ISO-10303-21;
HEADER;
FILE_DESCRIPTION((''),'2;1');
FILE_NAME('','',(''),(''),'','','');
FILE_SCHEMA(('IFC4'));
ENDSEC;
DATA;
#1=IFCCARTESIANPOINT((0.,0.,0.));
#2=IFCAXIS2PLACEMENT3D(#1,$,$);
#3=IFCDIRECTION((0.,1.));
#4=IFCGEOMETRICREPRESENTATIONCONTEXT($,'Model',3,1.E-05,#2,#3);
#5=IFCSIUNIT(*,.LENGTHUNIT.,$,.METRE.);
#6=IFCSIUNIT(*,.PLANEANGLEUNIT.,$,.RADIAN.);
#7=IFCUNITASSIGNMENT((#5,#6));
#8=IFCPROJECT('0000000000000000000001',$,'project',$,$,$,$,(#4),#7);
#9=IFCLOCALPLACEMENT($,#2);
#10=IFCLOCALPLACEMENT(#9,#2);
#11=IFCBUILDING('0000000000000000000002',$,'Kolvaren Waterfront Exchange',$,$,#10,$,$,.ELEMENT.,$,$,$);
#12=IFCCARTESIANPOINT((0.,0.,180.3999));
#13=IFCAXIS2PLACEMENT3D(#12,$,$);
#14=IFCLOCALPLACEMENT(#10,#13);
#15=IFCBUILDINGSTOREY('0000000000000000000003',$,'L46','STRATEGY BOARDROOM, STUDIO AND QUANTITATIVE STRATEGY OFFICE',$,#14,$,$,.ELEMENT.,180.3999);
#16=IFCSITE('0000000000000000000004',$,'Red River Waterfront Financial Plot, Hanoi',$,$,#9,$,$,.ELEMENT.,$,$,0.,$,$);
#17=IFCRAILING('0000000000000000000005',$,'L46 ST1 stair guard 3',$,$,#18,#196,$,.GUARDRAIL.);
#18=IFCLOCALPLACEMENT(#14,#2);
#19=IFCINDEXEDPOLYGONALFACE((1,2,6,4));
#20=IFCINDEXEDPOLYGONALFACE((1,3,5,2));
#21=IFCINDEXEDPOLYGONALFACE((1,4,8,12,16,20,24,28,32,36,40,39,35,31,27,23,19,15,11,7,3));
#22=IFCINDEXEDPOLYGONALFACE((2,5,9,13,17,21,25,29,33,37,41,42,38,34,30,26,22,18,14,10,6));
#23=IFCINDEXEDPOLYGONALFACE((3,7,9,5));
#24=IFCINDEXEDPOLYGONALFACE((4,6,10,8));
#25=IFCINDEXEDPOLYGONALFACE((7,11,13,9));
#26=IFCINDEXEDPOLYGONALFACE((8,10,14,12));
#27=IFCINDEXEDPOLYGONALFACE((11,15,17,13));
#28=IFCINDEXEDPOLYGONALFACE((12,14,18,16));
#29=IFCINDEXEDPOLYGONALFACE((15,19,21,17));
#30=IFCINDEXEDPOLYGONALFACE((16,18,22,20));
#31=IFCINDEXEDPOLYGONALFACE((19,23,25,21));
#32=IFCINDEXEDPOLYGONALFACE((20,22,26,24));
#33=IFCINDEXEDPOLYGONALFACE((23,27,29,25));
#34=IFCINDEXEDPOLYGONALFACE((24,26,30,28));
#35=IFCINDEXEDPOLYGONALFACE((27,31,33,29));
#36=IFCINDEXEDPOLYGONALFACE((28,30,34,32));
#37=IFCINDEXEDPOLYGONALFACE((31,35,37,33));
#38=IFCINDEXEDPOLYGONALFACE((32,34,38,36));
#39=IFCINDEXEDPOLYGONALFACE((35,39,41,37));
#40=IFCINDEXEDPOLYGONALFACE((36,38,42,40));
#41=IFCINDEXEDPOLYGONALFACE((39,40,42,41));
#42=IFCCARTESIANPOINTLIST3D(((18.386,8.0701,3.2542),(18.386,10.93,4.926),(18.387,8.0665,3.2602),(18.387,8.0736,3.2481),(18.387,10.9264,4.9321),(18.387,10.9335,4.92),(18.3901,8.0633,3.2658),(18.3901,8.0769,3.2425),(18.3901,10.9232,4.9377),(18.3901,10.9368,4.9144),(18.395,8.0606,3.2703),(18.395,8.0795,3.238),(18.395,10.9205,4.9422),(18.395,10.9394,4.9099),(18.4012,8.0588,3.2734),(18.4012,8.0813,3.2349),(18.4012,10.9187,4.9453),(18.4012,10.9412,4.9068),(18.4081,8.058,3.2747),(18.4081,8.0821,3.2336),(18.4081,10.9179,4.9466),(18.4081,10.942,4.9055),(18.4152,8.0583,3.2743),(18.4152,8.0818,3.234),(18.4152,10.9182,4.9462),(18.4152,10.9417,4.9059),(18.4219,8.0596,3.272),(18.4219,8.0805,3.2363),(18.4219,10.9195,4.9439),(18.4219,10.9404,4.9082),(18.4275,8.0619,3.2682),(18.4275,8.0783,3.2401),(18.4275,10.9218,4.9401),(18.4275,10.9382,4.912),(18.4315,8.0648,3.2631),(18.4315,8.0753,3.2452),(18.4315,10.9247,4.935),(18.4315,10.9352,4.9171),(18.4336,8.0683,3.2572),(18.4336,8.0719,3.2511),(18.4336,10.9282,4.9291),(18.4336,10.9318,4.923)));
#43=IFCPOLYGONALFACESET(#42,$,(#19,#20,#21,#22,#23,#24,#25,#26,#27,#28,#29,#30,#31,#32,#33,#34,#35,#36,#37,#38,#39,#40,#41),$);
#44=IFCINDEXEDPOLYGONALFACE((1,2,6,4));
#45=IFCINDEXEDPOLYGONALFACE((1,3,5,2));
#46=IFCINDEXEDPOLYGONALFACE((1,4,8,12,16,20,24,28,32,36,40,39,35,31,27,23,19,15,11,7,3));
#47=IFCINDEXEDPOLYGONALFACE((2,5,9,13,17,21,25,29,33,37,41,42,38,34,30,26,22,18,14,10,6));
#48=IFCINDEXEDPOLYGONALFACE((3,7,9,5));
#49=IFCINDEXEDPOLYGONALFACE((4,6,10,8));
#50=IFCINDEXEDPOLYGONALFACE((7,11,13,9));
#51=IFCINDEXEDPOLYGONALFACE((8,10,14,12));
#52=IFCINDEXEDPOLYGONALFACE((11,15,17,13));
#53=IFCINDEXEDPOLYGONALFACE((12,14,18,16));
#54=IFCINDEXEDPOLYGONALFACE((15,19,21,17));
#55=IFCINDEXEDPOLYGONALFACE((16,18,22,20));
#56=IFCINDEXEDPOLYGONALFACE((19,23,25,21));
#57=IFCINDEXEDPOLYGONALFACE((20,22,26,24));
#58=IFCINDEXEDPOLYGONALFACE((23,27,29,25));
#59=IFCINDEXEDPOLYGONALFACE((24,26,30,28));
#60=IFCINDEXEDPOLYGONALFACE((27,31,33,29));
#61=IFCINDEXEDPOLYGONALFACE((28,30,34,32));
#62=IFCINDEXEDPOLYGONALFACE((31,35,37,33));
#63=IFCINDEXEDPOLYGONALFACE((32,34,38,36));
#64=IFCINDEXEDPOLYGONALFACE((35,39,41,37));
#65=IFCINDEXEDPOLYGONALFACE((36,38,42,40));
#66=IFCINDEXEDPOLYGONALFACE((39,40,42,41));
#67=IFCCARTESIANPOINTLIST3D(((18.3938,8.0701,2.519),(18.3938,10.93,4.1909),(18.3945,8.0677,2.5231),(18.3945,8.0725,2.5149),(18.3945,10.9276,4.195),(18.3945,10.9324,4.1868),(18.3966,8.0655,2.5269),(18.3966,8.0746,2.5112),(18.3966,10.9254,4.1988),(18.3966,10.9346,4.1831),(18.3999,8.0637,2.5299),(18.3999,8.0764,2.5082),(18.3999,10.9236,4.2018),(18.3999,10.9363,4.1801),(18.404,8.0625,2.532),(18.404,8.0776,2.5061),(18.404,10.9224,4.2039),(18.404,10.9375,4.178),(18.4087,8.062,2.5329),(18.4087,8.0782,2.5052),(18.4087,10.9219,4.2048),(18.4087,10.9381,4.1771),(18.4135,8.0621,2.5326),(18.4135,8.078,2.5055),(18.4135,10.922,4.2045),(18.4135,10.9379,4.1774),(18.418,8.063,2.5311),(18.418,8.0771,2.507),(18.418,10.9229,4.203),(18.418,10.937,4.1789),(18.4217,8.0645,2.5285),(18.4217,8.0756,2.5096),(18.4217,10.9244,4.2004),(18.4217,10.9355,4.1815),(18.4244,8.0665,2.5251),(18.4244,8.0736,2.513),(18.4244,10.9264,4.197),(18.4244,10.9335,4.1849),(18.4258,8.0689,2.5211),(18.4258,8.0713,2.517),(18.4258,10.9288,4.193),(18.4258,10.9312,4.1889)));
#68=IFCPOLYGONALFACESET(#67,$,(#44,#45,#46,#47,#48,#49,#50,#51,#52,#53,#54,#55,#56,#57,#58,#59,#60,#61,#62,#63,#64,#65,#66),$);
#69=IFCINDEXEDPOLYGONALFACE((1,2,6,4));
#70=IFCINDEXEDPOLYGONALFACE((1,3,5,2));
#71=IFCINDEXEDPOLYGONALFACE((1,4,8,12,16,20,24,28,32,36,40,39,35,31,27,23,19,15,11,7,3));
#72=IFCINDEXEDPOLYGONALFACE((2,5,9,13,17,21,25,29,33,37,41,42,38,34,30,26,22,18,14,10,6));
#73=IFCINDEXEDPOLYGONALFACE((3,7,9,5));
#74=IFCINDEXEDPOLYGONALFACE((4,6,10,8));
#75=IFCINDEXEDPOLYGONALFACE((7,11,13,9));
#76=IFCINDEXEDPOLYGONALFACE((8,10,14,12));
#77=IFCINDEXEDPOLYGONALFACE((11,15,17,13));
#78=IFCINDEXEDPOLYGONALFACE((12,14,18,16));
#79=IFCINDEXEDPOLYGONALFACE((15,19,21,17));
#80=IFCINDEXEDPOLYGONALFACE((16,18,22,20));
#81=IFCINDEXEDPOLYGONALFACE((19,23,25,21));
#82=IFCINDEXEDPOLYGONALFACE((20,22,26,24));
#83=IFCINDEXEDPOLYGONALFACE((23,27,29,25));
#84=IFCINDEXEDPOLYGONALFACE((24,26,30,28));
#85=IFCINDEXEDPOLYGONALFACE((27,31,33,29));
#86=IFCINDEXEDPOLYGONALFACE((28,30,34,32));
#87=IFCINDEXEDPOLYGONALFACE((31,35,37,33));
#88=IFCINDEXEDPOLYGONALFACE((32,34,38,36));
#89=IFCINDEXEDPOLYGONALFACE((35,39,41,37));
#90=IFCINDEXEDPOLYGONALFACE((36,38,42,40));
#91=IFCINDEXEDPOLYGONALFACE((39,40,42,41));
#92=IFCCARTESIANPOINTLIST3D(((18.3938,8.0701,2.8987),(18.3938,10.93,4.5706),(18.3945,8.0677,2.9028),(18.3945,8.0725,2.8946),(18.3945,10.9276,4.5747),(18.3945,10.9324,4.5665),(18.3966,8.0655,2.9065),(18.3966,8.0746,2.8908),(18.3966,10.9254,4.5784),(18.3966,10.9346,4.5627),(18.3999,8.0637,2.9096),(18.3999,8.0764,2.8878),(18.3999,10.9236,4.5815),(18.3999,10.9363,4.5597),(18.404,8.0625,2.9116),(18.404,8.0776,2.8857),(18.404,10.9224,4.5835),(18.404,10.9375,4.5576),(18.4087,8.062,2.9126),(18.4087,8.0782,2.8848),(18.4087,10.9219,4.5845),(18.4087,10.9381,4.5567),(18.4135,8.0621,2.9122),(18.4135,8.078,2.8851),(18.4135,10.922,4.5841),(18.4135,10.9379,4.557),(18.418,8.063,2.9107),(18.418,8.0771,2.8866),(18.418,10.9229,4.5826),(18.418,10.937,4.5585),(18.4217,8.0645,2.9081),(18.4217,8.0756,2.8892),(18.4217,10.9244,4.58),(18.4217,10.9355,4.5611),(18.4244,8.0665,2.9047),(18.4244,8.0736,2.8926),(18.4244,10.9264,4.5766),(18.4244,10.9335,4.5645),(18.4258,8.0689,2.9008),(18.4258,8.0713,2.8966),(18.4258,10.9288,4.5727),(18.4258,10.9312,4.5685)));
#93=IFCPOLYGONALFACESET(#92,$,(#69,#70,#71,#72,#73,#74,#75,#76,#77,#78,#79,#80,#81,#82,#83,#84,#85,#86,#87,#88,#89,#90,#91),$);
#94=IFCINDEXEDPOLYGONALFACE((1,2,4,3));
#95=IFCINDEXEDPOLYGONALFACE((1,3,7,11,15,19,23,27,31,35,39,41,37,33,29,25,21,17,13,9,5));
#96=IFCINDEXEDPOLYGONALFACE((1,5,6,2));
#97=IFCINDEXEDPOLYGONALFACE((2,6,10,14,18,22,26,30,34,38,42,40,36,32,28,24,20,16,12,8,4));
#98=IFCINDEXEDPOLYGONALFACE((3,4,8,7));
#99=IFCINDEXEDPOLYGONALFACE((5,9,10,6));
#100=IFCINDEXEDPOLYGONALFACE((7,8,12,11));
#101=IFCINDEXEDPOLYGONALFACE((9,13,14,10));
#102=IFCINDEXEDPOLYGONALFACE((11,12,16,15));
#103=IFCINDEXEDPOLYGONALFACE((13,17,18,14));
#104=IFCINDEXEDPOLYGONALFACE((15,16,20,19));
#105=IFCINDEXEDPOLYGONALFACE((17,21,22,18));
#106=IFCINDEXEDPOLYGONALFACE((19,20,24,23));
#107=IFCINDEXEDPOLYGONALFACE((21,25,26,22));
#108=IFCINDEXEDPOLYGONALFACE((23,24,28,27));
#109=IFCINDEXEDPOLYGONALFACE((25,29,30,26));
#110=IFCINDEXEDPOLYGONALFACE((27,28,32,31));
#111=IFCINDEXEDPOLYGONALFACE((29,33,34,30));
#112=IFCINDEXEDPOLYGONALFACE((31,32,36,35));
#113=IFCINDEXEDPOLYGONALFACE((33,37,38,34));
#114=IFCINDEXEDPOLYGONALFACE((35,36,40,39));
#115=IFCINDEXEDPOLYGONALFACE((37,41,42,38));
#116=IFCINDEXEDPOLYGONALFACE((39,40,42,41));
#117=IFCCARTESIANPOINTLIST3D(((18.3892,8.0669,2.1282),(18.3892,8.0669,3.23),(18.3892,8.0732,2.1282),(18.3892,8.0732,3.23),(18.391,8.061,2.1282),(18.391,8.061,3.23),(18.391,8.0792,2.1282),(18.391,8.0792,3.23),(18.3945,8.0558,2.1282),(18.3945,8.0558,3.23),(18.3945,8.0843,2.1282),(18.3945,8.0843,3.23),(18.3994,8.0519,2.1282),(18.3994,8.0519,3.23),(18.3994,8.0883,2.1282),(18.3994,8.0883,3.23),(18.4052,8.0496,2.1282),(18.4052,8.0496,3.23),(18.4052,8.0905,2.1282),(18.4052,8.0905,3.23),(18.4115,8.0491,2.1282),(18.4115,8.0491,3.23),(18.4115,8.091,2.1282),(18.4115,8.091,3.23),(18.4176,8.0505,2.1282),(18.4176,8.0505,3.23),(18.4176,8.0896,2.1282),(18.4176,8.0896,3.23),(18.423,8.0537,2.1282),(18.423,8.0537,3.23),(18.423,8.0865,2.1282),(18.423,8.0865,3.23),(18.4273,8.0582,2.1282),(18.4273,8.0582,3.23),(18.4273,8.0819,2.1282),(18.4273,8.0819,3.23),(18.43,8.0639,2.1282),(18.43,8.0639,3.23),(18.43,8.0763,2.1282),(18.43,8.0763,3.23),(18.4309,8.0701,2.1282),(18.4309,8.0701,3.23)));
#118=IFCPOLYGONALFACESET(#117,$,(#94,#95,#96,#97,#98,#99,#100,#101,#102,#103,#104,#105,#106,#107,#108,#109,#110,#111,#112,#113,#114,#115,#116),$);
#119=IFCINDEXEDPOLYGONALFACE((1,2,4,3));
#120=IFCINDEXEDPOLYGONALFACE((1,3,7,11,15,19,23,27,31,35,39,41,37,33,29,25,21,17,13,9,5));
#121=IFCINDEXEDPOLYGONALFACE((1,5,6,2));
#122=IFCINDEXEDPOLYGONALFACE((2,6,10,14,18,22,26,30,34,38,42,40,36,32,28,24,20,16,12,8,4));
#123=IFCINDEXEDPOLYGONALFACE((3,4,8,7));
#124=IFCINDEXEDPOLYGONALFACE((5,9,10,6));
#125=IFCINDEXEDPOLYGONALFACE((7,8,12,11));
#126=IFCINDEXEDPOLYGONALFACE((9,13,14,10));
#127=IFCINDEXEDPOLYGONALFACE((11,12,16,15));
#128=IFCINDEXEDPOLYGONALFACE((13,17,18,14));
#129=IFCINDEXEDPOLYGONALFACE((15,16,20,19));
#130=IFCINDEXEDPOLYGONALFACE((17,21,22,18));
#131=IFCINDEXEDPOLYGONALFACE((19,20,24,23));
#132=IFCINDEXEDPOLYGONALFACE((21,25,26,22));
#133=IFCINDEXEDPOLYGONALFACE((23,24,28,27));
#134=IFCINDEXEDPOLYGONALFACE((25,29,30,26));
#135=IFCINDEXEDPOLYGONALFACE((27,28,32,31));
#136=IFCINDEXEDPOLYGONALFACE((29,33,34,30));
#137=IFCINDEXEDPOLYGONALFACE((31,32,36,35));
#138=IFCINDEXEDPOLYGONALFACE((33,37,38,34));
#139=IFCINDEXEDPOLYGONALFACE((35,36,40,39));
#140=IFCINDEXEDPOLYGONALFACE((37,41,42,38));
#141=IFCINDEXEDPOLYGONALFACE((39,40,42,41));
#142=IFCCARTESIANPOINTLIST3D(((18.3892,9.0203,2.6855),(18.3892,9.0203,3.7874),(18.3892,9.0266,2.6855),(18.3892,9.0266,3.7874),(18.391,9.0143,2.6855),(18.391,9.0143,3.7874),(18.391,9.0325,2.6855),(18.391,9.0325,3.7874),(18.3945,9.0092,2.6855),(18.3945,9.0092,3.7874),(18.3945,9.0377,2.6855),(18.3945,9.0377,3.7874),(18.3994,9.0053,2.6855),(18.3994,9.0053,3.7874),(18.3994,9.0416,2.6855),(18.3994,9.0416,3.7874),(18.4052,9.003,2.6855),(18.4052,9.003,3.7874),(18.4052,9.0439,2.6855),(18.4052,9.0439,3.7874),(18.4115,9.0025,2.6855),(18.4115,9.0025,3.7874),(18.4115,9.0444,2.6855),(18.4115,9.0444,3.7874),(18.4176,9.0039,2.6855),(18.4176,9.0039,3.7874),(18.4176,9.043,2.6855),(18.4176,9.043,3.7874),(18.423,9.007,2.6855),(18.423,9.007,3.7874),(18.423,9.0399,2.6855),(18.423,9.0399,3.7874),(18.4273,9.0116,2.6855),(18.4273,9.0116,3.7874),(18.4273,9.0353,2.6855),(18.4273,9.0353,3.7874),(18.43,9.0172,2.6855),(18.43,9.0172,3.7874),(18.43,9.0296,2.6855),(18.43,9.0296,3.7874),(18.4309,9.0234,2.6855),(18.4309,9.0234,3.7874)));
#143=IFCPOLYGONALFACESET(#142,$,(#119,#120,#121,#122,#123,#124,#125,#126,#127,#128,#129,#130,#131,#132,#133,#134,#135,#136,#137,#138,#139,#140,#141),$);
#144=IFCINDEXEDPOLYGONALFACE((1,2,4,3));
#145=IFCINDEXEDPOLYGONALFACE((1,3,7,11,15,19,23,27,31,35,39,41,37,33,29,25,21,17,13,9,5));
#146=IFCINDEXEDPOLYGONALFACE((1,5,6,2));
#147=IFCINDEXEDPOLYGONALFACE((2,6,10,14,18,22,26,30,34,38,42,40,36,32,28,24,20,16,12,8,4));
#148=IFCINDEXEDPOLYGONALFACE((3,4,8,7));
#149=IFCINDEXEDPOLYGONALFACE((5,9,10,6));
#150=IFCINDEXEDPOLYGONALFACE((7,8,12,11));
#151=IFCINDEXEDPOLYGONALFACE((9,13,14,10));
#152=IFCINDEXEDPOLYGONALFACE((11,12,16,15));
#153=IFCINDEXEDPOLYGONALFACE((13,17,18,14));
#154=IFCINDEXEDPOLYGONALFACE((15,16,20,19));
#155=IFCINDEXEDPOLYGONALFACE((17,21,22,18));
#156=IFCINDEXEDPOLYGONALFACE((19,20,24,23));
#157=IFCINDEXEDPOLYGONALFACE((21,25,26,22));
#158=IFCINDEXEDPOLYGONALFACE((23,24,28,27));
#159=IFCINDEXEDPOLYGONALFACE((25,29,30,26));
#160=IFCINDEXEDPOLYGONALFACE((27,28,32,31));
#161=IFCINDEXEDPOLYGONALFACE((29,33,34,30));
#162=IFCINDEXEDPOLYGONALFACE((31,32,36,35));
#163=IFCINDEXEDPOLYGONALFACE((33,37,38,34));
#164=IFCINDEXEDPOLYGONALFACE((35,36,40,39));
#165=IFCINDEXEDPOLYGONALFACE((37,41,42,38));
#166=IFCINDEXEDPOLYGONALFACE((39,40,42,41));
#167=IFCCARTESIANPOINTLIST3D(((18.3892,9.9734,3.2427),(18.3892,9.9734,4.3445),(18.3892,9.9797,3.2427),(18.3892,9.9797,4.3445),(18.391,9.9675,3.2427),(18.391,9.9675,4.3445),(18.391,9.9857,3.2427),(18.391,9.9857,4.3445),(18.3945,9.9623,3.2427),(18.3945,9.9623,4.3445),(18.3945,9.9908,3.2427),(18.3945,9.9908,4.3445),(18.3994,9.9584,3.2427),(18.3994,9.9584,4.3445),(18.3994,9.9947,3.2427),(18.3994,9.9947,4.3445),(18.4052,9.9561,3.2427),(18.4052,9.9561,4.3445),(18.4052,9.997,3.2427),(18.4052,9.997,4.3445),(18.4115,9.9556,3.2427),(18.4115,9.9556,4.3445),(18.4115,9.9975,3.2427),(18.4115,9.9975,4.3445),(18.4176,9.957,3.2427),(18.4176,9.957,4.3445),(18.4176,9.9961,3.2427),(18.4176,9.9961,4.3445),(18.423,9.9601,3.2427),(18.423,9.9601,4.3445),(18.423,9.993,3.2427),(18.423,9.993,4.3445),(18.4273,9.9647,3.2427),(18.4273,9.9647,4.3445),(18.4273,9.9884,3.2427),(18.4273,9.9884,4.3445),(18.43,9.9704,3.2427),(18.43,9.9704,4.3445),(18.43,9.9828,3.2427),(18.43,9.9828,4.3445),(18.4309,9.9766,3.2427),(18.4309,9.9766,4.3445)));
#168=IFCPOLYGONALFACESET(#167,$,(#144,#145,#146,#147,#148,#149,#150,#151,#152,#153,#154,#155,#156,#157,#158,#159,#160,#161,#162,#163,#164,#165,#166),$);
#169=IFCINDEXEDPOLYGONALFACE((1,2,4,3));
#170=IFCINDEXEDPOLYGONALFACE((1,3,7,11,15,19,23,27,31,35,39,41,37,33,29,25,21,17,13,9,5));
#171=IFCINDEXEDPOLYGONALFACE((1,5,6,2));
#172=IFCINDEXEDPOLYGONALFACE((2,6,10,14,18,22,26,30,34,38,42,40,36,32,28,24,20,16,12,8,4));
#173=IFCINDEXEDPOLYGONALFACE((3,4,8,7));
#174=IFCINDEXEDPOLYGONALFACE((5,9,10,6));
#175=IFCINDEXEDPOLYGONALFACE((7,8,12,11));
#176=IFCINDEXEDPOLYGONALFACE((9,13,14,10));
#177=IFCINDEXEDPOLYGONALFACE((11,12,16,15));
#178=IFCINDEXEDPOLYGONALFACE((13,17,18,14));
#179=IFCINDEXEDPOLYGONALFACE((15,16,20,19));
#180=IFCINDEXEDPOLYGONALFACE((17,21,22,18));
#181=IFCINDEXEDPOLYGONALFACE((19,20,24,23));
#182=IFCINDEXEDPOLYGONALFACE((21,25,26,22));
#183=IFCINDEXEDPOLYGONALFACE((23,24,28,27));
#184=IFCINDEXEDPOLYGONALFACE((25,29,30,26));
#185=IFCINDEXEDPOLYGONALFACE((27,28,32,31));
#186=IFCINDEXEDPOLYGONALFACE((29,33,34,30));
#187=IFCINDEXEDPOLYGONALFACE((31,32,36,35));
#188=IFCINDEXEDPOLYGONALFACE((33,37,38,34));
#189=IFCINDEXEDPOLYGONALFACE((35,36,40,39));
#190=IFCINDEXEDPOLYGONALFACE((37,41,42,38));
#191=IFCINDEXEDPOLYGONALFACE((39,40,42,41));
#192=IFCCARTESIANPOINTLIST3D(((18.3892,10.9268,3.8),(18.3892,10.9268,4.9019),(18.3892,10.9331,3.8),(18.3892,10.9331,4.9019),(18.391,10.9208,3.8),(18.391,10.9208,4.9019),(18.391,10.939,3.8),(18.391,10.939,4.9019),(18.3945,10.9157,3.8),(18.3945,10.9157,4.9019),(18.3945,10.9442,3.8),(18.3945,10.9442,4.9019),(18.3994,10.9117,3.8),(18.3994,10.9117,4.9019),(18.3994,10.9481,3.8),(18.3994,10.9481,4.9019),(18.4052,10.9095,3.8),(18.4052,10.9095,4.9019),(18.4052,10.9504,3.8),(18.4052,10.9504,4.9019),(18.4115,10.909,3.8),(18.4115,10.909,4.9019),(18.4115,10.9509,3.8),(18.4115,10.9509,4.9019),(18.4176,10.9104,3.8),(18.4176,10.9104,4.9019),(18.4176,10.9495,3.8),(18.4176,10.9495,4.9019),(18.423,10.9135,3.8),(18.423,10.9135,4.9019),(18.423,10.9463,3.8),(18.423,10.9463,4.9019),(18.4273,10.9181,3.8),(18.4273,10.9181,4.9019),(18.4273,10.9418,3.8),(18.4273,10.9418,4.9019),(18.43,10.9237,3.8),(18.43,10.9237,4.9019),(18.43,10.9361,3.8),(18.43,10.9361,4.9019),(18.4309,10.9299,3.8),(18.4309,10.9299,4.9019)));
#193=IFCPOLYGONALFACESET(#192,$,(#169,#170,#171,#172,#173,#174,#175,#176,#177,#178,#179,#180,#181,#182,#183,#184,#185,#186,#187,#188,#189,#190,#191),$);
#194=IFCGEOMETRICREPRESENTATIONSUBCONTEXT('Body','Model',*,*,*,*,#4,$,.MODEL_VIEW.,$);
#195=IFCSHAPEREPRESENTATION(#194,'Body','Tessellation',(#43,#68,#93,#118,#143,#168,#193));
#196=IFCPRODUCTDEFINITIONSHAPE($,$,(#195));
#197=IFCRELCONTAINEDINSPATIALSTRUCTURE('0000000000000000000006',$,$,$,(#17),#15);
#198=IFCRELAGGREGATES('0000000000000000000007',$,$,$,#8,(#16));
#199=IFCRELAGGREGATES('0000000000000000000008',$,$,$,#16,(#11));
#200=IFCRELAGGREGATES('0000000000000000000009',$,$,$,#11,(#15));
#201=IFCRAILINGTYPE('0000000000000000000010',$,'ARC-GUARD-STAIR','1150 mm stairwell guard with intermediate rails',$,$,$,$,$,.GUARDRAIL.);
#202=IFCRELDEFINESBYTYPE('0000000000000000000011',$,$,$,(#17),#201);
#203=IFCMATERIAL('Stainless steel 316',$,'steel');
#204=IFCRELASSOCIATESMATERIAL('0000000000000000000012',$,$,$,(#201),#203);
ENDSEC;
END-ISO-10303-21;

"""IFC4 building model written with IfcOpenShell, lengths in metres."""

from ifc_helpers import new_model, si_unit, direction, frame, origin, origin_2d, place, context, subcontext, project, spatial, circle, extrude, material, type_object, element, save


model = new_model("IFC4")

# Units and contexts
model_context = context("Model", 3, precision=1e-05, world=origin(), true_north=direction((0.0, 1.0)))
body_context = subcontext(model_context, "Body", "Model", "MODEL_VIEW")
ifc_project = project(units=[si_unit("LENGTHUNIT", "METRE"), si_unit("PLANEANGLEUNIT", "RADIAN")], contexts=[model_context])

# Site, building, storey
site_placement = place(None, origin())
site = spatial("IfcSite", under=ifc_project, at=site_placement, Name="Red River Waterfront Financial Plot, Hanoi", CompositionType="ELEMENT", RefElevation=0.0)
building_placement = place(site_placement, origin())
building = spatial("IfcBuilding", under=site, at=building_placement, Name="Kolvaren Waterfront Exchange", CompositionType="ELEMENT")
storey_placement = place(building_placement, frame((0.0, 0.0, 180.3999)))
storey = spatial("IfcBuildingStorey", under=building, at=storey_placement, Name="L46", Description="STRATEGY BOARDROOM, STUDIO AND QUANTITATIVE STRATEGY OFFICE", CompositionType="ELEMENT", Elevation=180.3999)

# Railing
ifc_material_1 = material(Name="Stainless steel 316", Category="steel")
railing_type_1 = type_object("IfcRailingType", Name="ARC-GUARD-STAIR", Description="1150 mm stairwell guard with intermediate rails", PredefinedType="GUARDRAIL", material=ifc_material_1)
railing_1_placement = place(storey_placement, frame((18.4099, 8.0701, 2.1282)))
element("IfcRailing", 1, at=railing_1_placement, inside=storey, type_object=railing_type_1, Name="L46 ST1 stair guard 3", PredefinedType="GUARDRAIL", context=body_context, shape_type="SweptSolid", body=[
    extrude(circle(Radius=0.0239, at=origin_2d()), frame((0.0, 0.0, 1.126), z_axis=(0.0, 0.863303, 0.504686), x_axis=(-1.0, 0.0, 0.0)), (0.0, 0.0, 1.0), 3.3127),
    extrude(circle(Radius=0.0161, at=origin_2d()), frame((0.0, 0.0, 0.3909), z_axis=(0.0, 0.863303, 0.504686), x_axis=(-1.0, 0.0, 0.0)), (0.0, 0.0, 1.0), 3.3127),
    extrude(circle(Radius=0.0161, at=origin_2d()), frame((0.0, 0.0, 0.7705), z_axis=(0.0, 0.863303, 0.504686), x_axis=(-1.0, 0.0, 0.0)), (0.0, 0.0, 1.0), 3.3127),
    extrude(circle(Radius=0.021, at=origin_2d()), origin(), (0.0, 0.0, 1.0), 1.1018),
    extrude(circle(Radius=0.021, at=origin_2d()), frame((0.0, 0.9534, 0.5574)), (0.0, 0.0, 1.0), 1.1018),
    extrude(circle(Radius=0.021, at=origin_2d()), frame((0.0, 1.9065, 1.1145)), (0.0, 0.0, 1.0), 1.1018),
    extrude(circle(Radius=0.021, at=origin_2d()), frame((0.0, 2.8599, 1.6719)), (0.0, 0.0, 1.0), 1.1018),
])

save(model, "model.ifc")
